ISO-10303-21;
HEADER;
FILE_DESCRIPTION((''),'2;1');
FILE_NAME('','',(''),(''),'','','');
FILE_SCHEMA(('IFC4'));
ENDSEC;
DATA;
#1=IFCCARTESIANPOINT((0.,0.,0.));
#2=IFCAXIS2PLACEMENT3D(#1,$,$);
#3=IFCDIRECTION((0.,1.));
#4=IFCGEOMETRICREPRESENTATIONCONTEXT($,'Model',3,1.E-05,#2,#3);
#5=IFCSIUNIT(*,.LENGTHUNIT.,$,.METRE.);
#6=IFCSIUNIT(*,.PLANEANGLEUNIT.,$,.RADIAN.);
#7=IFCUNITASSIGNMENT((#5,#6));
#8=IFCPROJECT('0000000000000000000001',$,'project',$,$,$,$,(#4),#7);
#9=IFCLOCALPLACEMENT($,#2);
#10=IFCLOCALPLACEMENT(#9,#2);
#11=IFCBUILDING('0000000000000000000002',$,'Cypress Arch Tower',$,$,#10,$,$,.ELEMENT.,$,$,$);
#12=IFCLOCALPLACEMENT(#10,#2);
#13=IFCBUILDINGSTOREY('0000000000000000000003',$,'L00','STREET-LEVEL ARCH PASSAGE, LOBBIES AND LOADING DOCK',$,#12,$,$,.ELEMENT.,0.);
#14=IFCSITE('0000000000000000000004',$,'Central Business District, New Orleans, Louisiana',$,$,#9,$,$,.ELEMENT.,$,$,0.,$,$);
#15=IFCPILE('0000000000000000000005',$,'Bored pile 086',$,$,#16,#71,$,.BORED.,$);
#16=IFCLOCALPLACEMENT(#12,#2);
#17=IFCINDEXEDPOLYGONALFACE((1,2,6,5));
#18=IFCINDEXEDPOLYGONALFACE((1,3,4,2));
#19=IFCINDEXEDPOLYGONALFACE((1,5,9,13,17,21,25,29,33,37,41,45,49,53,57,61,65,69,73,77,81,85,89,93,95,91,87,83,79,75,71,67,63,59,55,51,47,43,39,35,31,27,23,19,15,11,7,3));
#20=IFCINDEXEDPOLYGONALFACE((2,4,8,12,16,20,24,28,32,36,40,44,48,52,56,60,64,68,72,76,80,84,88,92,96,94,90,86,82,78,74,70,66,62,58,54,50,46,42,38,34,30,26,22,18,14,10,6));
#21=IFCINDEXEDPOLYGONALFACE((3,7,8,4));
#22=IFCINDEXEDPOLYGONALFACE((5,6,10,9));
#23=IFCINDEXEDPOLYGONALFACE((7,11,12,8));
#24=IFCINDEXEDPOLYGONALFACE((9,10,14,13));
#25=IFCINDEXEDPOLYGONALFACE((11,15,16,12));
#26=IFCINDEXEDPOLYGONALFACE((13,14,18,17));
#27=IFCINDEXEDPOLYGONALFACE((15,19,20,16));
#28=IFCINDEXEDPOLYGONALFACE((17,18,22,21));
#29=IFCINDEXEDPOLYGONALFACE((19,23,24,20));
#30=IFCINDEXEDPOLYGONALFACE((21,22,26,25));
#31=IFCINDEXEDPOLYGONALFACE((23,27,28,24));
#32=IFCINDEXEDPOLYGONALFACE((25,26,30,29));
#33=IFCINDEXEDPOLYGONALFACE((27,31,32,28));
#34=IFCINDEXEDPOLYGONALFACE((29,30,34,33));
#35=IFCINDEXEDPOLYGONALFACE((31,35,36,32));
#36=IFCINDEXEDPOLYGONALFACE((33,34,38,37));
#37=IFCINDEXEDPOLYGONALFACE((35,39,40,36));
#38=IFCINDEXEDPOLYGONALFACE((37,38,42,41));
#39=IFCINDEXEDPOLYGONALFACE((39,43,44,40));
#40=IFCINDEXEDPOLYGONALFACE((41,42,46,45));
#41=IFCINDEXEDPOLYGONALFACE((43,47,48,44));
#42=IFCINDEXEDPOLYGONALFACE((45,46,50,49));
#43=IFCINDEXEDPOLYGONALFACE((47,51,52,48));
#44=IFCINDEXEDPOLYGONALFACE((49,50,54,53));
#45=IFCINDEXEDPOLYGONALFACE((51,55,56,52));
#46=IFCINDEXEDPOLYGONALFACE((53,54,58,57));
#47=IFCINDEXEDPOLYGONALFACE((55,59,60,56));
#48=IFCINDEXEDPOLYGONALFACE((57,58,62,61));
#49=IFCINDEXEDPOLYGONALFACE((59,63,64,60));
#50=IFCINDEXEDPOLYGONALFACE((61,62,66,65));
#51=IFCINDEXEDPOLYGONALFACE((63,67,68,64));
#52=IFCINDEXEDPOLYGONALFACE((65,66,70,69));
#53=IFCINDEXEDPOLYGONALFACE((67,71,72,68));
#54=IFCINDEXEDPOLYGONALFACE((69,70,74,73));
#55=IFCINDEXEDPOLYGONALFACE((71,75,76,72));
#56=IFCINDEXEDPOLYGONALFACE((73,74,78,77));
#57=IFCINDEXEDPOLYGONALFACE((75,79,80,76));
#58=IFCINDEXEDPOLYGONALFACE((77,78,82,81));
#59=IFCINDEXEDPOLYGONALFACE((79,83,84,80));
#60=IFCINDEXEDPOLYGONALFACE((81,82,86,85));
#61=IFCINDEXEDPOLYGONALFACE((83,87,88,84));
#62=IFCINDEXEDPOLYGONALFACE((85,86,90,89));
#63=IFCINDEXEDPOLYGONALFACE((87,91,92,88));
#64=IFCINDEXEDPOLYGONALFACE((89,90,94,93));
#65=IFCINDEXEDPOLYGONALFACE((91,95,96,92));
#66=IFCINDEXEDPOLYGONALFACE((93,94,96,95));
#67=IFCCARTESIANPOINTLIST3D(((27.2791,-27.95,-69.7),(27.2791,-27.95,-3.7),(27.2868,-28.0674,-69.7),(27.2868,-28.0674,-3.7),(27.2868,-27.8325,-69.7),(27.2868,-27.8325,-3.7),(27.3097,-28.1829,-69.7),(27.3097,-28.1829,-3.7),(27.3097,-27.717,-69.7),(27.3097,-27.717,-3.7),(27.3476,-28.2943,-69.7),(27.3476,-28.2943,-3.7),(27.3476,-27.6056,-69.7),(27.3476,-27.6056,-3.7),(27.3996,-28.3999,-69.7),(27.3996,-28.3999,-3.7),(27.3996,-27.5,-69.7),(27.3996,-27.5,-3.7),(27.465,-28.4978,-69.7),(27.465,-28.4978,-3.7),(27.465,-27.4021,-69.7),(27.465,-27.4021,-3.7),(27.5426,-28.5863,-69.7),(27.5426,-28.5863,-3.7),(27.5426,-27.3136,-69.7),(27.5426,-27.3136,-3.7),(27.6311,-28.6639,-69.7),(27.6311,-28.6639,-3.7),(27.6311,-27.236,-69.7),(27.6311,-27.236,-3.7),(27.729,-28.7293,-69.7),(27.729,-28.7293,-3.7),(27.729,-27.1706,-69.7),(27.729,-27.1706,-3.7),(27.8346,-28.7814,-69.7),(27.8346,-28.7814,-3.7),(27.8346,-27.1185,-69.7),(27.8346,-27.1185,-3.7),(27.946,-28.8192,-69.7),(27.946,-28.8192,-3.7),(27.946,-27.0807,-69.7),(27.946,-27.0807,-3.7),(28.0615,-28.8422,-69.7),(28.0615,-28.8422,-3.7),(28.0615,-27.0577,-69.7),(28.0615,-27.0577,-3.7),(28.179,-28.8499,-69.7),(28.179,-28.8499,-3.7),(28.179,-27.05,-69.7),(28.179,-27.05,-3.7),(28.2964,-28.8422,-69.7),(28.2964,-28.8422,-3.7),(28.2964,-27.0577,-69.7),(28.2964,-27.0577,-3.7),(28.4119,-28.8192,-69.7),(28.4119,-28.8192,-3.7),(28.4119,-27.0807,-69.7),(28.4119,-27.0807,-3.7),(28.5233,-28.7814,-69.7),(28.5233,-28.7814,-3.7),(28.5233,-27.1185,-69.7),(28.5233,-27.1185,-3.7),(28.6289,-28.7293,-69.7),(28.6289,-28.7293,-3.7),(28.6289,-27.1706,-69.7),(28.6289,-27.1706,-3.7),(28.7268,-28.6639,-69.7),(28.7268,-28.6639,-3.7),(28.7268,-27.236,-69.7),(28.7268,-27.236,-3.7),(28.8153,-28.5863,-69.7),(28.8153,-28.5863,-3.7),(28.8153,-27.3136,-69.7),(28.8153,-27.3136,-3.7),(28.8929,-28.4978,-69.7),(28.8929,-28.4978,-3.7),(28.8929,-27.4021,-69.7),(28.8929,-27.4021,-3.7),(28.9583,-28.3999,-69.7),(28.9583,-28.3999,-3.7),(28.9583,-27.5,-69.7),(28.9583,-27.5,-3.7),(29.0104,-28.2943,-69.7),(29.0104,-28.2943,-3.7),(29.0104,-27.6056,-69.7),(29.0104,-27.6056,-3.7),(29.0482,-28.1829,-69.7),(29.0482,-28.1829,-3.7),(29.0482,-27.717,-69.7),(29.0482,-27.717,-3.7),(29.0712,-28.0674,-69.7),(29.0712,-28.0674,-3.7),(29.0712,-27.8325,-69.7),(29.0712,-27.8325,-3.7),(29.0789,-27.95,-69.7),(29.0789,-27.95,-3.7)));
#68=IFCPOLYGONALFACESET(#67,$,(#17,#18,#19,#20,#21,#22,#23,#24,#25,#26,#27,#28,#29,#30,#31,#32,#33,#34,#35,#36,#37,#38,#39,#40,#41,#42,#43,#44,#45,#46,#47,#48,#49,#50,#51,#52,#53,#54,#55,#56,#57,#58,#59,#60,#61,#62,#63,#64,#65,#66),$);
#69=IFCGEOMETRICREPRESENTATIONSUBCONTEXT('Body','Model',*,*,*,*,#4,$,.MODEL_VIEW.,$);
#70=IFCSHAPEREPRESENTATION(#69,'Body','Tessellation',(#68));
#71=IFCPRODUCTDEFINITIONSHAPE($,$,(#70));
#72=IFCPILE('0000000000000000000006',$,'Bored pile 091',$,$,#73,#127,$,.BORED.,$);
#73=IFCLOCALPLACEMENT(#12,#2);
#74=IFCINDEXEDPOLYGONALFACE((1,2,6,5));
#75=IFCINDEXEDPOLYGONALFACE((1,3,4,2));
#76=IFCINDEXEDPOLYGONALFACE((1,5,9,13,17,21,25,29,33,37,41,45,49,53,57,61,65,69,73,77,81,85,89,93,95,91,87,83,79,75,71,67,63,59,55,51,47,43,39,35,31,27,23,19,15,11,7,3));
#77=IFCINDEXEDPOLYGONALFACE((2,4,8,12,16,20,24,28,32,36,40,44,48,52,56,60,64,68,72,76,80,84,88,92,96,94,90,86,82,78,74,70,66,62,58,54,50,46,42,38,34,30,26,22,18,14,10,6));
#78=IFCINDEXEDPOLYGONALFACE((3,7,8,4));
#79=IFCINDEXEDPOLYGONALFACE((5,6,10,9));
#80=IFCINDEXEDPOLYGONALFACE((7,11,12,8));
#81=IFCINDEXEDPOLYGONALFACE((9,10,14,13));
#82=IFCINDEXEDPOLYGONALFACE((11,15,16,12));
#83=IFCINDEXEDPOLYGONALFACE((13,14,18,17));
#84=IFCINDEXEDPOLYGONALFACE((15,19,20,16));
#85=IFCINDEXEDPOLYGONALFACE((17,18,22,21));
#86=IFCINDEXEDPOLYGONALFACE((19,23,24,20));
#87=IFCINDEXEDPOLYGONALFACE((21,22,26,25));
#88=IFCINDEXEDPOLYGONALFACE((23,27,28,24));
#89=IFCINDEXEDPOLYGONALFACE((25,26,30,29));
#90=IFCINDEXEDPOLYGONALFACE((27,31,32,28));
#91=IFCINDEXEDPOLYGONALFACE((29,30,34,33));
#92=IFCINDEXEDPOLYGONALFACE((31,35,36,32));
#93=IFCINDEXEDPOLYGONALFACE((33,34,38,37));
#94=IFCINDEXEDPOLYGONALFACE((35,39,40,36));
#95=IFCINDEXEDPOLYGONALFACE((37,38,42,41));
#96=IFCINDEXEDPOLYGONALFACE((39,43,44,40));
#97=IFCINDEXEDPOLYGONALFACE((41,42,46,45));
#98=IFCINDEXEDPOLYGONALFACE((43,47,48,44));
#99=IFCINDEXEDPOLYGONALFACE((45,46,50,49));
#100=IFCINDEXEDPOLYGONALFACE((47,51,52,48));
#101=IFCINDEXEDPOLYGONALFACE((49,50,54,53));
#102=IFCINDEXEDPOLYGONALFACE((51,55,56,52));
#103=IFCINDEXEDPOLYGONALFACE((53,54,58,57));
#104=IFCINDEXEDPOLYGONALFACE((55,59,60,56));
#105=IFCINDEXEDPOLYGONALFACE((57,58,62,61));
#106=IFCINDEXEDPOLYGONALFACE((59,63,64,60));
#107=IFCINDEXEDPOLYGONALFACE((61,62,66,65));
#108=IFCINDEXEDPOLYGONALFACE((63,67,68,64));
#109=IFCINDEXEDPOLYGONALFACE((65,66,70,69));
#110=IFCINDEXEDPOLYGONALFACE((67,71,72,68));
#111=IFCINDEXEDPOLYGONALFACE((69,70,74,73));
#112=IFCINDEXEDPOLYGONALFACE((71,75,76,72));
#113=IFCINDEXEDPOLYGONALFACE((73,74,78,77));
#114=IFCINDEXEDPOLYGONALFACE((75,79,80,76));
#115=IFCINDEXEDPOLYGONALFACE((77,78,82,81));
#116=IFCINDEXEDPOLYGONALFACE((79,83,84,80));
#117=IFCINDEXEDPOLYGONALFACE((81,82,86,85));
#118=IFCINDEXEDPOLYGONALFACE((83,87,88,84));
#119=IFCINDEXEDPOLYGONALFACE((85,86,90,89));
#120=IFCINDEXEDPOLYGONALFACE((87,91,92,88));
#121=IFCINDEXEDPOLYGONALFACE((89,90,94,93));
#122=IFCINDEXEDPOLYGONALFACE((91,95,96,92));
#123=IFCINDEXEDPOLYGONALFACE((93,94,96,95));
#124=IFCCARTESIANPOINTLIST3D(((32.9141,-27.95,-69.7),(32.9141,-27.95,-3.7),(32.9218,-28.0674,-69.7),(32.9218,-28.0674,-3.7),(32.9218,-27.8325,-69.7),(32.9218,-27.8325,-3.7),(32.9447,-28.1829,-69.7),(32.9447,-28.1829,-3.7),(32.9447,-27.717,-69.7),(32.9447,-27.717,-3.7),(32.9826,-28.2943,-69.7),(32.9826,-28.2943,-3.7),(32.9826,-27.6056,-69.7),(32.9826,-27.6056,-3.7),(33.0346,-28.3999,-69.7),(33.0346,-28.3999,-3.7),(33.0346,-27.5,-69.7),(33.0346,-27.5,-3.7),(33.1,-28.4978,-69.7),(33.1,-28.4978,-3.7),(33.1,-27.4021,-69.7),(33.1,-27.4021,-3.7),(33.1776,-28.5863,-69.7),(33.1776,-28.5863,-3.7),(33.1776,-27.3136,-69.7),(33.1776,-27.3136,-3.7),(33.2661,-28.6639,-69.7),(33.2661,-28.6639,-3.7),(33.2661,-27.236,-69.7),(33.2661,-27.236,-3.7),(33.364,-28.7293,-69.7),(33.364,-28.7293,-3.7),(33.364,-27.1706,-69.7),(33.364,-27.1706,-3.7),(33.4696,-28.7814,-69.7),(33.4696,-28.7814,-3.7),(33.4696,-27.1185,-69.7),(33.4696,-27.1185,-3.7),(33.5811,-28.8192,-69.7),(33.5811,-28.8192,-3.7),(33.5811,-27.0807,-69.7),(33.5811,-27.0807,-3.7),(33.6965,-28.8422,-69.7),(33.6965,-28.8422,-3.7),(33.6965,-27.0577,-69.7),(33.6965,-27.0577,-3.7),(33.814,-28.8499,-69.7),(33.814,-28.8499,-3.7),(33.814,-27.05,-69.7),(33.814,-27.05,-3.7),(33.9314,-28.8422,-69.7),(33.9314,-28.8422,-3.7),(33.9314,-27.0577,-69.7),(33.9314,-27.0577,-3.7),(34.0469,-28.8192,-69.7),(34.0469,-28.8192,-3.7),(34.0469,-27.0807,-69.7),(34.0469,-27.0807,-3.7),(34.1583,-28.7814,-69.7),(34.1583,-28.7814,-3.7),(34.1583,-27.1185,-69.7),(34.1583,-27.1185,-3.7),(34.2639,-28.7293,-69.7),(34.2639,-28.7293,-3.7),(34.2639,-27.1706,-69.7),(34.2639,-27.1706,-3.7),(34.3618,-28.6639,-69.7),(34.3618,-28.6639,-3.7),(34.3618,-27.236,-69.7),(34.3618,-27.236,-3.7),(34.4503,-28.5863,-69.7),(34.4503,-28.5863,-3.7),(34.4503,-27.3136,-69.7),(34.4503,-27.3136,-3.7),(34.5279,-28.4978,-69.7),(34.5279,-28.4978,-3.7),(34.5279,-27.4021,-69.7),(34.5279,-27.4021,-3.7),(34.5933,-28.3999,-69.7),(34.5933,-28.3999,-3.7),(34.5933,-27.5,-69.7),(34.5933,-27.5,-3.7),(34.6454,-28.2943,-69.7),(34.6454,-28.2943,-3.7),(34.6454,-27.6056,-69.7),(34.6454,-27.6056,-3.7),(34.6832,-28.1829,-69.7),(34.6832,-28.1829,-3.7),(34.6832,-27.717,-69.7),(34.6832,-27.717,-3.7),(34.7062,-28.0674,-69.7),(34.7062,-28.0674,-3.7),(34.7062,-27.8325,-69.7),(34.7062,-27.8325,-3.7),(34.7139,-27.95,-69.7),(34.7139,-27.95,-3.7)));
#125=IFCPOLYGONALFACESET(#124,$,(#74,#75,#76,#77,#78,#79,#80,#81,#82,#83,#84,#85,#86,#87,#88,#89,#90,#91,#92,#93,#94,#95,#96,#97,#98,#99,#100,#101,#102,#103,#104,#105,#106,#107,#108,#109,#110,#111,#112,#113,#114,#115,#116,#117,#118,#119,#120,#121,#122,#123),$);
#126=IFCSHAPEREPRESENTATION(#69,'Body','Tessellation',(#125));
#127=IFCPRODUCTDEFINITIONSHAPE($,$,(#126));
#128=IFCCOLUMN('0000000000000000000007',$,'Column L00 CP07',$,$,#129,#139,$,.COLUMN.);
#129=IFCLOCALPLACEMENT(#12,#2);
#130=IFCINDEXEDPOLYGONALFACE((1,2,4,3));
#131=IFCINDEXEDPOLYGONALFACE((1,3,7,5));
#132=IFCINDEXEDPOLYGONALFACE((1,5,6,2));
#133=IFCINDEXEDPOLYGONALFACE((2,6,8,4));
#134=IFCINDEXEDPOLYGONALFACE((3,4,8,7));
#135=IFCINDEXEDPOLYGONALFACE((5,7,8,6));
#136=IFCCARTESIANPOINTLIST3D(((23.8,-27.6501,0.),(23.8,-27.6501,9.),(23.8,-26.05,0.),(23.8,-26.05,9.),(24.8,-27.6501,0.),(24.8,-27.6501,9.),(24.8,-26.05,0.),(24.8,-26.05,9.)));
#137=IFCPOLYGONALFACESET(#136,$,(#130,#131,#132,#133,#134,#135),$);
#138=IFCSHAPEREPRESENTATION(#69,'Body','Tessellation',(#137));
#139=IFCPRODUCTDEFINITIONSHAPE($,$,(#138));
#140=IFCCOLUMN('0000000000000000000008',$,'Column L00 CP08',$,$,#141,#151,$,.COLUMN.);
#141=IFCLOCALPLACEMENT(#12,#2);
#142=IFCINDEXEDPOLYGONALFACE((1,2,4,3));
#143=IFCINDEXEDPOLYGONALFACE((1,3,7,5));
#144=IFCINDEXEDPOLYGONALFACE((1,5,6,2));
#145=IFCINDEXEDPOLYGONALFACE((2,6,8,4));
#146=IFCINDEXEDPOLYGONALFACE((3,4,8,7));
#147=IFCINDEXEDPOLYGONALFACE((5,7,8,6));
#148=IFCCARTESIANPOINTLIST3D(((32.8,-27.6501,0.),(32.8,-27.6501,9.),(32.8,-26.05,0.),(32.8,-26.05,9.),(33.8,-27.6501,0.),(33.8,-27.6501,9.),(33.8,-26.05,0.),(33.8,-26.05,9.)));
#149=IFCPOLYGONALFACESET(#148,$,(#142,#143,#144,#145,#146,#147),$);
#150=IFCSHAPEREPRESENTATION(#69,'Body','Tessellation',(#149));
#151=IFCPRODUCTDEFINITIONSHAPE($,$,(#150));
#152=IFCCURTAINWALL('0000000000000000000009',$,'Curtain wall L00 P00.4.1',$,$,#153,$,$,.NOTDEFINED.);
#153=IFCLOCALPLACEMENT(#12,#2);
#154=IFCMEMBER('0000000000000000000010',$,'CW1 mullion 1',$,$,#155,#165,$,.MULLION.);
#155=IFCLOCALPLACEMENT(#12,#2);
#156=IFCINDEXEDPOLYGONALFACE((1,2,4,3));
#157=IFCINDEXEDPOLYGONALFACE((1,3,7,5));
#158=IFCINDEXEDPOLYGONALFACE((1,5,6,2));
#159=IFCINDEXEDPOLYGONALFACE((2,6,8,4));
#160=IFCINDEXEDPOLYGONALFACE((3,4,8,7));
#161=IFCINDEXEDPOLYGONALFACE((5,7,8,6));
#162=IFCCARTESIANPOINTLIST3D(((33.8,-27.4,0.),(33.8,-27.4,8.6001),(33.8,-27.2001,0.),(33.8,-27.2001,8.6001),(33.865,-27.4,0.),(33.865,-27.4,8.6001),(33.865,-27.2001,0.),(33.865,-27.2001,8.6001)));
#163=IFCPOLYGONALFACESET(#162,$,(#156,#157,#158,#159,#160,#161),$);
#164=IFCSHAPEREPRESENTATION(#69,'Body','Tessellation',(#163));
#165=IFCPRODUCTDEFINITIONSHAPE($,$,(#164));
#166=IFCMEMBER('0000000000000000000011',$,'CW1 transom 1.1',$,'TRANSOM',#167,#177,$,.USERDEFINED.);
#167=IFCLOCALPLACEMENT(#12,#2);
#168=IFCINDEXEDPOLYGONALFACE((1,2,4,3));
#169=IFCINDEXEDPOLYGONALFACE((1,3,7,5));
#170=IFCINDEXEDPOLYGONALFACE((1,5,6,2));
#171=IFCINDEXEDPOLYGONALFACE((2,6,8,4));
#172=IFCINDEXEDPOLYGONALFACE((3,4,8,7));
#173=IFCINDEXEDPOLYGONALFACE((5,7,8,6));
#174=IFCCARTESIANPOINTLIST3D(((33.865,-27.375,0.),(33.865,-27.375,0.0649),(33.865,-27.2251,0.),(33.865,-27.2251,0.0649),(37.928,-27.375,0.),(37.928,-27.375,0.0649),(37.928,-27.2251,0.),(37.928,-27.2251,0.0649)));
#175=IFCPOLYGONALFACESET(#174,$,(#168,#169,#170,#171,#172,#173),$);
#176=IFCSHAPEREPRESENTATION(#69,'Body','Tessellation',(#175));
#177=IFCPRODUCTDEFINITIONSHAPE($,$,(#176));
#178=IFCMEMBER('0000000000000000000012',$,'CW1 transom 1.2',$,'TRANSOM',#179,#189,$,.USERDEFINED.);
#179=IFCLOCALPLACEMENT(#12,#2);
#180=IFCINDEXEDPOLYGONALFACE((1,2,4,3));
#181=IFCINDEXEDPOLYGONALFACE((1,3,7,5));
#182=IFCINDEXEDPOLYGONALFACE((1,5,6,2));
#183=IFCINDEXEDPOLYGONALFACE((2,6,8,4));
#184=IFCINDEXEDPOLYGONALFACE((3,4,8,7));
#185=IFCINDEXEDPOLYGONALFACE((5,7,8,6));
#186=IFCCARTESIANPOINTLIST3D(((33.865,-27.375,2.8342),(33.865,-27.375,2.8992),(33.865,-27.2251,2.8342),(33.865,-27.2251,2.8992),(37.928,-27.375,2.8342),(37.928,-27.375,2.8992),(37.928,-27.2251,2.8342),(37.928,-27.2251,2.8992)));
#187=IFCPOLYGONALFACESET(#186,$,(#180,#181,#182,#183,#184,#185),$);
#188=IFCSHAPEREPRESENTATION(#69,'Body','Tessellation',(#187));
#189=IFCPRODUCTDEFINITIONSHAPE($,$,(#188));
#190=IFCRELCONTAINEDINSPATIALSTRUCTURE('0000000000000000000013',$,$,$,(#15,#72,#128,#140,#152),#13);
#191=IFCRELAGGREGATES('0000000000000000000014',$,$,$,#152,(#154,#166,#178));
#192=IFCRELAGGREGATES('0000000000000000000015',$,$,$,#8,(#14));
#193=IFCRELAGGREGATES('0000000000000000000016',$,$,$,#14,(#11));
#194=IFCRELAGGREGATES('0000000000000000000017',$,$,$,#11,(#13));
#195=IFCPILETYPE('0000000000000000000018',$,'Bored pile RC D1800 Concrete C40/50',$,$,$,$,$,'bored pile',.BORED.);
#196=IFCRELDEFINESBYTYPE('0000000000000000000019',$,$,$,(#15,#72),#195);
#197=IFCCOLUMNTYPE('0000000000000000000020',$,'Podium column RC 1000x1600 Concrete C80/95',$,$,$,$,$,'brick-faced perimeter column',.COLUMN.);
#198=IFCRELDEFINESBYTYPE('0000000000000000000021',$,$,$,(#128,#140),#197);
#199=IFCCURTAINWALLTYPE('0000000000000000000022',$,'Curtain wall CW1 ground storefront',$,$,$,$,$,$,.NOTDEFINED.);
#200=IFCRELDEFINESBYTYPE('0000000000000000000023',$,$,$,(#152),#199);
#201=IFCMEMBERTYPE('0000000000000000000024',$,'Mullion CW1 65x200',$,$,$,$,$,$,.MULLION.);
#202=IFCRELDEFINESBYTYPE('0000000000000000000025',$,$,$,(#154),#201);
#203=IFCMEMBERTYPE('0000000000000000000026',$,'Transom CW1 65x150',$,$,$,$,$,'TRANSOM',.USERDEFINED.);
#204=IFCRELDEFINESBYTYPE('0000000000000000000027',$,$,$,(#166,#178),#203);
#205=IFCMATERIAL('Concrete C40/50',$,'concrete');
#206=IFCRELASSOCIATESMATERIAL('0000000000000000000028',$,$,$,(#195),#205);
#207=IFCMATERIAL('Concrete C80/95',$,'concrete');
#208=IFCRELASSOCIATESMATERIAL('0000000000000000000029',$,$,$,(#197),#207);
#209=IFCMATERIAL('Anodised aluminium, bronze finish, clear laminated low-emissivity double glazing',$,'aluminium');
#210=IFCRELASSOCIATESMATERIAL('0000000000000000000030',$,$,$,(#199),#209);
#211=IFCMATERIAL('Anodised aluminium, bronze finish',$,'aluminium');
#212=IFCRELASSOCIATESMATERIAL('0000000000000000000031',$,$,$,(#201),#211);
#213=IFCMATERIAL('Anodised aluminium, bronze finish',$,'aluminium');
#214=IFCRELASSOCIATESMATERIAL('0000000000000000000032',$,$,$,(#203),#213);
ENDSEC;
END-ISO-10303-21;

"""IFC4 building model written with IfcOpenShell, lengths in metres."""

from ifc_helpers import new_model, si_unit, direction, frame, origin, origin_2d, place, context, subcontext, project, spatial, rectangle, circle, extrude, material, material_profile, profile_set, type_object, element, aggregate, save


model = new_model("IFC4")

# Units and contexts
model_context = context("Model", 3, precision=1e-05, world=origin(), true_north=direction((0.0, 1.0)))
body_context = subcontext(model_context, "Body", "Model", "MODEL_VIEW")
ifc_project = project(units=[si_unit("LENGTHUNIT", "METRE"), si_unit("PLANEANGLEUNIT", "RADIAN")], contexts=[model_context])

# Site, building, storey
site_placement = place(None, origin())
site = spatial("IfcSite", under=ifc_project, at=site_placement, Name="Central Business District, New Orleans, Louisiana", CompositionType="ELEMENT", RefElevation=0.0)
building_placement = place(site_placement, origin())
building = spatial("IfcBuilding", under=site, at=building_placement, Name="Cypress Arch Tower", CompositionType="ELEMENT")
storey_placement = place(building_placement, origin())
storey = spatial("IfcBuildingStorey", under=building, at=storey_placement, Name="L00", Description="STREET-LEVEL ARCH PASSAGE, LOBBIES AND LOADING DOCK", CompositionType="ELEMENT", Elevation=0.0)

# Piles
ifc_material_1 = material(Name="Concrete C40/50", Category="concrete")
ifc_material_profile_1 = material_profile(ifc_material_1, circle(Radius=0.8999, at=origin_2d()), Name="RC D1800")
ifc_profile_set_1 = profile_set([ifc_material_profile_1], Name="Concrete C40/50")
pile_type = type_object("IfcPileType", Name="Bored pile RC D1800 Concrete C40/50", ElementType="bored pile", PredefinedType="BORED", material=ifc_profile_set_1)
for number, where, z_axis, x_axis, name in (
    (1, (28.179, -27.95, -3.7), (0.0, 0.0, -1.0), (1.0, 0.0, 0.0), "Bored pile 086"),
    (2, (33.814, -27.95, -3.7), (0.0, 0.0, -1.0), (1.0, 0.0, 0.0), "Bored pile 091"),
):
    element("IfcPile", number, at=place(storey_placement, frame(where, z_axis=z_axis, x_axis=x_axis)), inside=storey, type_object=pile_type, Name=name, PredefinedType="BORED", context=body_context, shape_type="SweptSolid", body=[
        extrude(circle(Radius=0.8999, at=origin_2d()), origin(), (0.0, 0.0, 1.0), 66.0),
    ])

# Columns
ifc_material_2 = material(Name="Concrete C80/95", Category="concrete")
ifc_material_profile_2 = material_profile(ifc_material_2, rectangle(XDim=1.0, YDim=1.6001, at=origin_2d()), Name="RC 1000x1600")
ifc_profile_set_2 = profile_set([ifc_material_profile_2], Name="Concrete C80/95")
column_type = type_object("IfcColumnType", Name="Podium column RC 1000x1600 Concrete C80/95", ElementType="brick-faced perimeter column", PredefinedType="COLUMN", material=ifc_profile_set_2)
for number, where, z_axis, x_axis, name in (
    (3, (24.3, -26.8501, 0.0), (0.0, 0.0, 1.0), (1.0, 0.0, 0.0), "Column L00 CP07"),
    (4, (33.3, -26.8501, 0.0), (0.0, 0.0, 1.0), (1.0, 0.0, 0.0), "Column L00 CP08"),
):
    element("IfcColumn", number, at=place(storey_placement, frame(where, z_axis=z_axis, x_axis=x_axis)), inside=storey, type_object=column_type, Name=name, PredefinedType="COLUMN", context=body_context, shape_type="SweptSolid", body=[
        extrude(rectangle(XDim=1.0, YDim=1.6001, at=origin_2d()), origin(), (0.0, 0.0, 1.0), 9.0),
    ])

# Curtain wall, members
ifc_material_3 = material(Name="Anodised aluminium, bronze finish, clear laminated low-emissivity double glazing", Category="aluminium")
curtain_wall_type = type_object("IfcCurtainWallType", Name="Curtain wall CW1 ground storefront", PredefinedType="NOTDEFINED", material=ifc_material_3)
curtain_wall_placement = place(storey_placement, origin())
curtain_wall = element("IfcCurtainWall", 5, at=curtain_wall_placement, inside=storey, type_object=curtain_wall_type, Name="Curtain wall L00 P00.4.1", PredefinedType="NOTDEFINED")
ifc_material_4 = material(Name="Anodised aluminium, bronze finish", Category="aluminium")
ifc_material_profile_3 = material_profile(ifc_material_4, rectangle(XDim=0.2, YDim=0.0649, at=origin_2d()), Name="Mullion 65x200")
ifc_profile_set_3 = profile_set([ifc_material_profile_3], Name="Anodised aluminium, bronze finish")
member_type_1 = type_object("IfcMemberType", Name="Mullion CW1 65x200", PredefinedType="MULLION", material=ifc_profile_set_3)
member_1_placement = place(storey_placement, frame((33.8325, -27.3, 0.0), z_axis=(0.0, 0.0, 1.0), x_axis=(0.0, 1.0, 0.0)))
member_1 = element("IfcMember", 6, at=member_1_placement, type_object=member_type_1, Name="CW1 mullion 1", PredefinedType="MULLION", context=body_context, shape_type="SweptSolid", body=[
    extrude(rectangle(XDim=0.2, YDim=0.0649, at=origin_2d()), origin(), (0.0, 0.0, 1.0), 8.6001),
])
ifc_material_5 = material(Name="Anodised aluminium, bronze finish", Category="aluminium")
ifc_material_profile_4 = material_profile(ifc_material_5, rectangle(XDim=0.1499, YDim=0.0649, at=origin_2d()), Name="Transom 65x150")
ifc_profile_set_4 = profile_set([ifc_material_profile_4], Name="Anodised aluminium, bronze finish")
member_type_2 = type_object("IfcMemberType", Name="Transom CW1 65x150", ElementType="TRANSOM", PredefinedType="USERDEFINED", material=ifc_profile_set_4)
member_2_placement = place(storey_placement, frame((33.865, -27.3, 0.0325), z_axis=(1.0, 0.0, 0.0), x_axis=(0.0, 1.0, 0.0)))
member_2 = element("IfcMember", 7, at=member_2_placement, type_object=member_type_2, Name="CW1 transom 1.1", ObjectType="TRANSOM", PredefinedType="USERDEFINED", context=body_context, shape_type="SweptSolid", body=[
    extrude(rectangle(XDim=0.1499, YDim=0.0649, at=origin_2d()), origin(), (0.0, 0.0, 1.0), 4.063),
])
member_3_placement = place(storey_placement, frame((33.865, -27.3, 2.8667), z_axis=(1.0, 0.0, 0.0), x_axis=(0.0, 1.0, 0.0)))
member_3 = element("IfcMember", 8, at=member_3_placement, type_object=member_type_2, Name="CW1 transom 1.2", ObjectType="TRANSOM", PredefinedType="USERDEFINED", context=body_context, shape_type="SweptSolid", body=[
    extrude(rectangle(XDim=0.1499, YDim=0.0649, at=origin_2d()), origin(), (0.0, 0.0, 1.0), 4.063),
])
aggregate(curtain_wall, [member_1, member_2, member_3])

save(model, "model.ifc")
